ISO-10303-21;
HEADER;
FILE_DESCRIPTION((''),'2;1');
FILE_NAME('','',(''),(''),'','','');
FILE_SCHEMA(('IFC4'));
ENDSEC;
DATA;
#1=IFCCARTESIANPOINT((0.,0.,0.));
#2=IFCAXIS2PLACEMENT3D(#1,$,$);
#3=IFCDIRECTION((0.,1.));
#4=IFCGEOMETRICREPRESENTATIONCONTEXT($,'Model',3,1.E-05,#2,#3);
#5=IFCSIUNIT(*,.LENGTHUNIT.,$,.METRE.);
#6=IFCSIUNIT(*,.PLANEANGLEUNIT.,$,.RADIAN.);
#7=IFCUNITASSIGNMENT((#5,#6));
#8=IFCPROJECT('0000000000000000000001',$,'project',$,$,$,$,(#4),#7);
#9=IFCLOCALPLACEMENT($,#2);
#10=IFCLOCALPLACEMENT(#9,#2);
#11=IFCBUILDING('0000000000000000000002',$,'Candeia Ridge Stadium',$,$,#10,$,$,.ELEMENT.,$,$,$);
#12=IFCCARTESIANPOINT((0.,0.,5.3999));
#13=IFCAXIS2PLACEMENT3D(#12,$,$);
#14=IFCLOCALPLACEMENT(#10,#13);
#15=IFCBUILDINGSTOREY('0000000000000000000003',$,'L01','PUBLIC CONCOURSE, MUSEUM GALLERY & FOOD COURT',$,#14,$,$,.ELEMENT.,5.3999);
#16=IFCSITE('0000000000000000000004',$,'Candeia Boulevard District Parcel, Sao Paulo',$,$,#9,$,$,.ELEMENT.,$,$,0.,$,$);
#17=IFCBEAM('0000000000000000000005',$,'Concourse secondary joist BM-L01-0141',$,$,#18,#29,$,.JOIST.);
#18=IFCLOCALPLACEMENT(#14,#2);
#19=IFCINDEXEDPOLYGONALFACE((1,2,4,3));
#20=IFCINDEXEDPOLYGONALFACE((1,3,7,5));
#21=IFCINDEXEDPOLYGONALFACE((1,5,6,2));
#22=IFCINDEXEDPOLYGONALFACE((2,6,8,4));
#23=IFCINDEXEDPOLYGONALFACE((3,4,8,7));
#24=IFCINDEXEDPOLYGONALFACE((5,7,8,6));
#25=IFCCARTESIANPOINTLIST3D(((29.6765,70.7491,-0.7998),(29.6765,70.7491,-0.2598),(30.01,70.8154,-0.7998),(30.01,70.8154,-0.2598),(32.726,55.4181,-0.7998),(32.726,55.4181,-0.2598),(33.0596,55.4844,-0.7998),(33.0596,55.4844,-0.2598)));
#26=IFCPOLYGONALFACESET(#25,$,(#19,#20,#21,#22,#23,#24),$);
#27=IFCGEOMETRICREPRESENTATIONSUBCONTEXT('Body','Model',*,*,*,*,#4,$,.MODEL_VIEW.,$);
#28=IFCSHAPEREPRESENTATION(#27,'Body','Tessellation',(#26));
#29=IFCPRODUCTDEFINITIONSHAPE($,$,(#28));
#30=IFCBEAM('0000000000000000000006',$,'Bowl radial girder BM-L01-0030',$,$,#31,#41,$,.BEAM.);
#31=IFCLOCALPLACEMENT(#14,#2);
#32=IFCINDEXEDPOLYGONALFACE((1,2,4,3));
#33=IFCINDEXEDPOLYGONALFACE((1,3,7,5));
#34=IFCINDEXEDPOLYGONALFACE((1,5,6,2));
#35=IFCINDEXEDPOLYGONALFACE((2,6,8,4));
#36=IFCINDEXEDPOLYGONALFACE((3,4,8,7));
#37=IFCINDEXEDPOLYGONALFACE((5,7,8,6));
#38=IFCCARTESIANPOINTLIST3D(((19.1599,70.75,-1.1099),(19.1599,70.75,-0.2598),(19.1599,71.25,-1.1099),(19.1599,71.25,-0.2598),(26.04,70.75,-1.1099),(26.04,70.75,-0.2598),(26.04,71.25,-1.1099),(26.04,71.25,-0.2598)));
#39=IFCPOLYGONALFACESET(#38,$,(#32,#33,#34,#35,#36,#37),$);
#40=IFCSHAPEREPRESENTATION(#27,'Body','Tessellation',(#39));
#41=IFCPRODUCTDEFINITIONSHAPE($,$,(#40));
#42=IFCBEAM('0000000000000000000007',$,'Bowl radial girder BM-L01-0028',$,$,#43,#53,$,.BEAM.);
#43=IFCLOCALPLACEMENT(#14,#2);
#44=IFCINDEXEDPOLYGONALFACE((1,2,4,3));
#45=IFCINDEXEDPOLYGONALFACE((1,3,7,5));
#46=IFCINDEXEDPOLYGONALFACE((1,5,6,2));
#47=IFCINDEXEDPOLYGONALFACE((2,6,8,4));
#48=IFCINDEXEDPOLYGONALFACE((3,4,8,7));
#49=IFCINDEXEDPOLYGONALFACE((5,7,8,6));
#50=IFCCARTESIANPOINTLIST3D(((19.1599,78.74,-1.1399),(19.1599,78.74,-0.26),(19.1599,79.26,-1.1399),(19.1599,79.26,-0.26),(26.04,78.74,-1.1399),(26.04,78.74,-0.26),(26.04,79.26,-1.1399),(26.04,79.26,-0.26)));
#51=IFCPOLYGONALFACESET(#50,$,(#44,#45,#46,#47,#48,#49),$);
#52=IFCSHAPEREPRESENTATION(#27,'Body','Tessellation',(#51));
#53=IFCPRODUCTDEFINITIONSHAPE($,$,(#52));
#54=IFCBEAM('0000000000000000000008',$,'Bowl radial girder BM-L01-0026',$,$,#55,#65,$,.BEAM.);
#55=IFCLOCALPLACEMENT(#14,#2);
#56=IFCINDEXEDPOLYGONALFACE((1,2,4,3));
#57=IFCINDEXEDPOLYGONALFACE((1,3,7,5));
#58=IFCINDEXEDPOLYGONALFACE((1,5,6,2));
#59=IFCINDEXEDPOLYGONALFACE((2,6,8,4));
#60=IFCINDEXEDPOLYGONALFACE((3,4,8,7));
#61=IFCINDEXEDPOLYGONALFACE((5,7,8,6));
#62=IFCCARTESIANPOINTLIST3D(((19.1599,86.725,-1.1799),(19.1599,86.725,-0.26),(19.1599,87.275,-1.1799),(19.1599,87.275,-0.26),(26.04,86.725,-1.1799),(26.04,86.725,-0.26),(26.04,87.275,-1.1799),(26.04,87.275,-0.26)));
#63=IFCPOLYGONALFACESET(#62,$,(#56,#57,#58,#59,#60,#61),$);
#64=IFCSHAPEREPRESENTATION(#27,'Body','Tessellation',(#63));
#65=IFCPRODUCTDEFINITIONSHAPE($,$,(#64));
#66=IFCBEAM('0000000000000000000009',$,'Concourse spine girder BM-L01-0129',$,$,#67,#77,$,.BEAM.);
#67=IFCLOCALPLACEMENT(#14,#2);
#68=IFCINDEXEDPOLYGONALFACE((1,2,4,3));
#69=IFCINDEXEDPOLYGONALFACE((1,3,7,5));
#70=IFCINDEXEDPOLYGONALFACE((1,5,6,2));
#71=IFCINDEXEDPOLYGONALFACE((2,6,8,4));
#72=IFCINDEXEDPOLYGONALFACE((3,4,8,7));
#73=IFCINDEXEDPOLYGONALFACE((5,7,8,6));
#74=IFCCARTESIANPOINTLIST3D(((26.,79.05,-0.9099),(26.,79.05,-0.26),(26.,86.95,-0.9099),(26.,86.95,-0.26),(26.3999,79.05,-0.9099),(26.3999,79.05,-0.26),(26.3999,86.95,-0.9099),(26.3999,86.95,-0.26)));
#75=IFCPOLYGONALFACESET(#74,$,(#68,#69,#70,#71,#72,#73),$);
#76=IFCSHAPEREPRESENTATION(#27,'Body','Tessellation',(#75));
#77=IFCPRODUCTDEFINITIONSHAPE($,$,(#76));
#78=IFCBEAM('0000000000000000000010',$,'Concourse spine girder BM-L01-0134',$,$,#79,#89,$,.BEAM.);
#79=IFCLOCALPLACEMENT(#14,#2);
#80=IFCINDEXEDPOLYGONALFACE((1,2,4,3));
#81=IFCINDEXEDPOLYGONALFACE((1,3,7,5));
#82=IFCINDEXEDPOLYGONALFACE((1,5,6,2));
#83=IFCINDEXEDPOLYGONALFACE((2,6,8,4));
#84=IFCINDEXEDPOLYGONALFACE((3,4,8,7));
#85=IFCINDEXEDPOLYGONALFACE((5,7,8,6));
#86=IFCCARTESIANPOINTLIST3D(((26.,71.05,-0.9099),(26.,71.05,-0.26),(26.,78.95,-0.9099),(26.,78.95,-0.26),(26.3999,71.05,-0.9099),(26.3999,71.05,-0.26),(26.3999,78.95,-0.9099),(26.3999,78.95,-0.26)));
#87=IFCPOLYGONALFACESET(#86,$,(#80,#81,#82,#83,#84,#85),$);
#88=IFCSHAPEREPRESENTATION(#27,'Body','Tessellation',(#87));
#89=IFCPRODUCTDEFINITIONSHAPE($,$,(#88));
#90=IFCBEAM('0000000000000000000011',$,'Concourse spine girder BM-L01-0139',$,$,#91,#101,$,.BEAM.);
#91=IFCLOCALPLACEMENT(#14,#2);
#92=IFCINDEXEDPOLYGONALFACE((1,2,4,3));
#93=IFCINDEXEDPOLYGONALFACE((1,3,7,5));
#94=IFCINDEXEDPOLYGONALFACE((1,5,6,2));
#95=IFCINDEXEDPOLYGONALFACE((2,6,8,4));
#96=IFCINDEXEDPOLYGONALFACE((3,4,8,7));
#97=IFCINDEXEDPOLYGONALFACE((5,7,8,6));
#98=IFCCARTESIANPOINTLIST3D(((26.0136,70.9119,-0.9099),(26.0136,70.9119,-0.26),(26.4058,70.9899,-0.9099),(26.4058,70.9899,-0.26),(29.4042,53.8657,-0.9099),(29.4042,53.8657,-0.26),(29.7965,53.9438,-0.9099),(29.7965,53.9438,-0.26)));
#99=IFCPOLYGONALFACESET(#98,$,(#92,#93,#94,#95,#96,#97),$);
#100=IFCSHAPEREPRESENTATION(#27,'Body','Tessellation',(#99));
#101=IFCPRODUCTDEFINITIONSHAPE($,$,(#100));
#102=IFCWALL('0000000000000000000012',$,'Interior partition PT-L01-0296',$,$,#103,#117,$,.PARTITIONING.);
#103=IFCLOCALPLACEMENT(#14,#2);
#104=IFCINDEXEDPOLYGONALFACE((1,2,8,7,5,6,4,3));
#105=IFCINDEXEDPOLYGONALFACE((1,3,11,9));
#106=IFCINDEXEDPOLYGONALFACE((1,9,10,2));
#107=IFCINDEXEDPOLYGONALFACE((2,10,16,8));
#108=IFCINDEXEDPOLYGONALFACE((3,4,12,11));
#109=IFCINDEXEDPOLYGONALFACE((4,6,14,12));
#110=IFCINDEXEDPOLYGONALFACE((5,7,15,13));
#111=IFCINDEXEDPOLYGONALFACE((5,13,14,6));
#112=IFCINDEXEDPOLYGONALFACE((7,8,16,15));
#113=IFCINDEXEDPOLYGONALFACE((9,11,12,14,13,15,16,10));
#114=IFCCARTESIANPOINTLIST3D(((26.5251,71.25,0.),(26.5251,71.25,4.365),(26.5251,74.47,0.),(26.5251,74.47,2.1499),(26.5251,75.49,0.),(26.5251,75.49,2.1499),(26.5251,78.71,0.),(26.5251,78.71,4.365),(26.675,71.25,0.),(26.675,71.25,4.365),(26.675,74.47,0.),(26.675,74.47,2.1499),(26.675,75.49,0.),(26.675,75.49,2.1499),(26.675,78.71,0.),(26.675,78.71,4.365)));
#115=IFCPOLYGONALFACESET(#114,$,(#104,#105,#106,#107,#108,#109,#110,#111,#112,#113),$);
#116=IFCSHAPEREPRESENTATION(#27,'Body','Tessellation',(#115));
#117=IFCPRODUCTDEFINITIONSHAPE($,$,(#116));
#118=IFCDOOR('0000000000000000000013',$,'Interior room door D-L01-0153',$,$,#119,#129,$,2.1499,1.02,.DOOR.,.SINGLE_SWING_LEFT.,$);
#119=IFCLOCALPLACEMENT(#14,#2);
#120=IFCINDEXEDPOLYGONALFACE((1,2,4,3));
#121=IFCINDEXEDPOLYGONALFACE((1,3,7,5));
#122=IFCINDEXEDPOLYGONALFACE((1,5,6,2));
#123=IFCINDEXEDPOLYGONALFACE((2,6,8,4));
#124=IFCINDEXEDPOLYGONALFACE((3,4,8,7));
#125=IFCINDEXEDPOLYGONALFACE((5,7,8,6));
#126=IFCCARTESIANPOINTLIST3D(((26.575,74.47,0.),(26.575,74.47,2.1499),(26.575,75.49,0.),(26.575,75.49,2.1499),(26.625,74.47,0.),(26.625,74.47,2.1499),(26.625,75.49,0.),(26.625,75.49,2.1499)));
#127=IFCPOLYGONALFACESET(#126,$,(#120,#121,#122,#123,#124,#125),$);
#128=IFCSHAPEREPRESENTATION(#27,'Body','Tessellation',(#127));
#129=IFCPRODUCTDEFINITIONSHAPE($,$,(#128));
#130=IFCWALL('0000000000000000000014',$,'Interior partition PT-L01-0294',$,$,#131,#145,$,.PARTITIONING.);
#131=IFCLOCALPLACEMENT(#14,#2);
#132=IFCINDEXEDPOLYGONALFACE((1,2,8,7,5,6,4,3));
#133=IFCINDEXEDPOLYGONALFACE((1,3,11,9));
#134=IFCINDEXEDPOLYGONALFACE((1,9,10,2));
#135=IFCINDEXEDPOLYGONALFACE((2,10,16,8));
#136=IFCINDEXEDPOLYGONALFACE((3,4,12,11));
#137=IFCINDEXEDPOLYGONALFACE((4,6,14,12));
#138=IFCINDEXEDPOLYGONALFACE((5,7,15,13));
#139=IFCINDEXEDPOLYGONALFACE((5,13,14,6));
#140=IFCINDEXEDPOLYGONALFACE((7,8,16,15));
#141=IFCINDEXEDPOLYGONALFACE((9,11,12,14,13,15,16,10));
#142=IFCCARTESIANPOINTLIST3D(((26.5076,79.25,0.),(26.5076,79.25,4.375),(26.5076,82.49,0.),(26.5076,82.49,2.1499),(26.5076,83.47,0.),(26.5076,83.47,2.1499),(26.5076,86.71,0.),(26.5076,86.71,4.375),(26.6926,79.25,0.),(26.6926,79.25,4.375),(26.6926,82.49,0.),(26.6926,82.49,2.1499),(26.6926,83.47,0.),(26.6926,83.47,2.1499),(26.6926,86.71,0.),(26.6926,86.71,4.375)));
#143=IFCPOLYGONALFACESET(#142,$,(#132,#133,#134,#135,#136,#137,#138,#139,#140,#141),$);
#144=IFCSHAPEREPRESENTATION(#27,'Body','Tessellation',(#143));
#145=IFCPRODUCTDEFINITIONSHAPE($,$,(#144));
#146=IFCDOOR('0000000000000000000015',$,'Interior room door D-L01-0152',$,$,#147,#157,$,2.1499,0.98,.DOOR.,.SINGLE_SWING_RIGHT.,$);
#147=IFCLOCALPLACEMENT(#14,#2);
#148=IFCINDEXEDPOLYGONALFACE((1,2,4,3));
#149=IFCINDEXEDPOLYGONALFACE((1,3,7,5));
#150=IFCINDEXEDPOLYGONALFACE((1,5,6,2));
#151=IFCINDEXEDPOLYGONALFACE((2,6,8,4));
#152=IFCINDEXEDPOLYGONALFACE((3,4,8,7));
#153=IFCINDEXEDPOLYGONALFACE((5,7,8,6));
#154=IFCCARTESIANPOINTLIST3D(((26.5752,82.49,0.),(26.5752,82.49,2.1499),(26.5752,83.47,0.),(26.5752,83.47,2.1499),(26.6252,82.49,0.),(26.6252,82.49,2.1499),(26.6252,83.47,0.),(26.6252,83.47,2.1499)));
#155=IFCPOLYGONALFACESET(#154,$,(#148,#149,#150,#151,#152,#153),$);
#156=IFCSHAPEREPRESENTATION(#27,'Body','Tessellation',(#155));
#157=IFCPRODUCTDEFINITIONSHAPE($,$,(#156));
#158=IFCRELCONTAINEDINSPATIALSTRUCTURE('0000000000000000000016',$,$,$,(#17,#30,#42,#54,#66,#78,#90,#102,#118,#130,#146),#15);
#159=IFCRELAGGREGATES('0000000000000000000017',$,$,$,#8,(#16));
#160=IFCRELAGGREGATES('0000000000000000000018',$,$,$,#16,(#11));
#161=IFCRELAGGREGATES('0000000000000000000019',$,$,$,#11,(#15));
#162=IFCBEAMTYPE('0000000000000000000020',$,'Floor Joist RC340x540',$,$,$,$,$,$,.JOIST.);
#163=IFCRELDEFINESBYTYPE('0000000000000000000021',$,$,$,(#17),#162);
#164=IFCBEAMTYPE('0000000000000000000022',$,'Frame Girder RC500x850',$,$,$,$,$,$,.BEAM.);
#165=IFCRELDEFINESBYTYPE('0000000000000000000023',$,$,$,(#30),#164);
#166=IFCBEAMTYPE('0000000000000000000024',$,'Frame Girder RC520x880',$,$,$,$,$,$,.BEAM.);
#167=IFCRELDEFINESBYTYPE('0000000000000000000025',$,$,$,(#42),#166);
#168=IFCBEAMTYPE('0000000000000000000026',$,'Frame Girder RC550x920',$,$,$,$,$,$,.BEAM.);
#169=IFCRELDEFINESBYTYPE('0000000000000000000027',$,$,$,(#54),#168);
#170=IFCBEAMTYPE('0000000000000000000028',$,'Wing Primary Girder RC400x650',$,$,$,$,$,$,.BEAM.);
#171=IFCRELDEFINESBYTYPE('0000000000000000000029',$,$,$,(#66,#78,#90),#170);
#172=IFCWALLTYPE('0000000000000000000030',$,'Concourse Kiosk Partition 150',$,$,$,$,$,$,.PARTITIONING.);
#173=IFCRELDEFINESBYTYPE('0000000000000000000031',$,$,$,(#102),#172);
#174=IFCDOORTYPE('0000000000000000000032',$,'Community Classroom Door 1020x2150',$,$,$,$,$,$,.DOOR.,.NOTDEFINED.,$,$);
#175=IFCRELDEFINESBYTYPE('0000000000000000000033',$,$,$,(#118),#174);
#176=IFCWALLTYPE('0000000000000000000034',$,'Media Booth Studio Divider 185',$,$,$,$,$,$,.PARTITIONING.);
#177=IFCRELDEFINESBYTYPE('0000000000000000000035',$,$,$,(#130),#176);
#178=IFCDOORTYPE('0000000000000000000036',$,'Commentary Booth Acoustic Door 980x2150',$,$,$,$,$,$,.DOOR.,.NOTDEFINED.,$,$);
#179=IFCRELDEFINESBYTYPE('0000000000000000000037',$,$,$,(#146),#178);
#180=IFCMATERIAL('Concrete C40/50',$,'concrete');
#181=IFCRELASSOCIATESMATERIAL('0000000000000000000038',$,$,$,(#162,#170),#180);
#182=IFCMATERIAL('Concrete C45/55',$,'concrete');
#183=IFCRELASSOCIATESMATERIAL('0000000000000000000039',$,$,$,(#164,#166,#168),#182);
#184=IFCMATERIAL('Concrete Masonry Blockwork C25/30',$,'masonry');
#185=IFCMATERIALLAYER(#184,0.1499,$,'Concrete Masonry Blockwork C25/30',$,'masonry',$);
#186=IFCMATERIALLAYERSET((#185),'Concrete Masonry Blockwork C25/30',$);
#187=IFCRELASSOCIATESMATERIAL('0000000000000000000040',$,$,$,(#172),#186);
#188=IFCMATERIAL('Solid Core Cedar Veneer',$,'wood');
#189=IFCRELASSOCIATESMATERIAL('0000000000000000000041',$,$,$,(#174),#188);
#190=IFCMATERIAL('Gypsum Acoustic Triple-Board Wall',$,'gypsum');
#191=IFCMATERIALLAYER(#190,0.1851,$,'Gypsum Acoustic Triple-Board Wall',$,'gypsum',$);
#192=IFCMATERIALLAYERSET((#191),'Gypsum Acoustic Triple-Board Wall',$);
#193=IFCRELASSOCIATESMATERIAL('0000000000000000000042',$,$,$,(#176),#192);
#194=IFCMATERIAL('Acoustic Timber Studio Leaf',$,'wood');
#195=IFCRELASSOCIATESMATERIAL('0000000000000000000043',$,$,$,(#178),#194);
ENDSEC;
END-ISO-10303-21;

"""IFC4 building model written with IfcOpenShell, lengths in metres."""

from ifc_helpers import new_model, si_unit, direction, frame, frame_2d, origin, origin_2d, place, context, subcontext, project, spatial, rectangle, extrude, material, layer, layer_set, material_profile, profile_set, type_object, element, fill, save


model = new_model("IFC4")

# Units and contexts
model_context = context("Model", 3, precision=1e-05, world=origin(), true_north=direction((0.0, 1.0)))
body_context = subcontext(model_context, "Body", "Model", "MODEL_VIEW")
ifc_project = project(units=[si_unit("LENGTHUNIT", "METRE"), si_unit("PLANEANGLEUNIT", "RADIAN")], contexts=[model_context])

# Site, building, storey
site_placement = place(None, origin())
site = spatial("IfcSite", under=ifc_project, at=site_placement, Name="Candeia Boulevard District Parcel, Sao Paulo", CompositionType="ELEMENT", RefElevation=0.0)
building_placement = place(site_placement, origin())
building = spatial("IfcBuilding", under=site, at=building_placement, Name="Candeia Ridge Stadium", CompositionType="ELEMENT")
storey_placement = place(building_placement, frame((0.0, 0.0, 5.3999)))
storey = spatial("IfcBuildingStorey", under=building, at=storey_placement, Name="L01", Description="PUBLIC CONCOURSE, MUSEUM GALLERY & FOOD COURT", CompositionType="ELEMENT", Elevation=5.3999)

# Shared definitions
ifc_material_1 = material(Name="Concrete C40/50", Category="concrete")

# Beams
ifc_material_profile_1 = material_profile(ifc_material_1, rectangle(XDim=0.3401, YDim=0.54, at=origin_2d()), Name="RC340x540", Category="concrete")
ifc_profile_set_1 = profile_set([ifc_material_profile_1], Name="Concrete C40/50")
beam_type_1 = type_object("IfcBeamType", Name="Floor Joist RC340x540", PredefinedType="JOIST", material=ifc_profile_set_1)
beam_1_placement = place(storey_placement, frame((29.8433, 70.7822, -0.5298), z_axis=(0.195092, -0.980785, 0.0), x_axis=(0.980785, 0.195092, 0.0)))
element("IfcBeam", 1, at=beam_1_placement, inside=storey, type_object=beam_type_1, Name="Concourse secondary joist BM-L01-0141", PredefinedType="JOIST", context=body_context, shape_type="SweptSolid", body=[
    extrude(rectangle(XDim=0.3401, YDim=0.54, at=origin_2d()), origin(), (0.0, 0.0, 1.0), 15.6313),
])
ifc_material_2 = material(Name="Concrete C45/55", Category="concrete")
ifc_material_profile_2 = material_profile(ifc_material_2, rectangle(XDim=0.5, YDim=0.8501, at=origin_2d()), Name="RC500x850", Category="concrete")
ifc_profile_set_2 = profile_set([ifc_material_profile_2], Name="Concrete C45/55")
beam_type_2 = type_object("IfcBeamType", Name="Frame Girder RC500x850", PredefinedType="BEAM", material=ifc_profile_set_2)
beam_2_placement = place(storey_placement, frame((26.04, 71.0, -0.6848), z_axis=(-1.0, 0.0, 0.0), x_axis=(0.0, -1.0, 0.0)))
element("IfcBeam", 2, at=beam_2_placement, inside=storey, type_object=beam_type_2, Name="Bowl radial girder BM-L01-0030", PredefinedType="BEAM", context=body_context, shape_type="SweptSolid", body=[
    extrude(rectangle(XDim=0.5, YDim=0.8501, at=origin_2d()), origin(), (0.0, 0.0, 1.0), 6.8801),
])
ifc_material_profile_3 = material_profile(ifc_material_2, rectangle(XDim=0.52, YDim=0.8799, at=origin_2d()), Name="RC520x880", Category="concrete")
ifc_profile_set_3 = profile_set([ifc_material_profile_3], Name="Concrete C45/55")
beam_type_3 = type_object("IfcBeamType", Name="Frame Girder RC520x880", PredefinedType="BEAM", material=ifc_profile_set_3)
beam_3_placement = place(storey_placement, frame((26.04, 79.0, -0.7), z_axis=(-1.0, 0.0, 0.0), x_axis=(0.0, -1.0, 0.0)))
element("IfcBeam", 3, at=beam_3_placement, inside=storey, type_object=beam_type_3, Name="Bowl radial girder BM-L01-0028", PredefinedType="BEAM", context=body_context, shape_type="SweptSolid", body=[
    extrude(rectangle(XDim=0.52, YDim=0.8799, at=origin_2d()), origin(), (0.0, 0.0, 1.0), 6.8801),
])
ifc_material_profile_4 = material_profile(ifc_material_2, rectangle(XDim=0.55, YDim=0.9199, at=origin_2d()), Name="RC550x920", Category="concrete")
ifc_profile_set_4 = profile_set([ifc_material_profile_4], Name="Concrete C45/55")
beam_type_4 = type_object("IfcBeamType", Name="Frame Girder RC550x920", PredefinedType="BEAM", material=ifc_profile_set_4)
beam_4_placement = place(storey_placement, frame((26.04, 87.0, -0.72), z_axis=(-1.0, 0.0, 0.0), x_axis=(0.0, -1.0, 0.0)))
element("IfcBeam", 4, at=beam_4_placement, inside=storey, type_object=beam_type_4, Name="Bowl radial girder BM-L01-0026", PredefinedType="BEAM", context=body_context, shape_type="SweptSolid", body=[
    extrude(rectangle(XDim=0.55, YDim=0.9199, at=origin_2d()), origin(), (0.0, 0.0, 1.0), 6.8801),
])
ifc_material_profile_5 = material_profile(ifc_material_1, rectangle(XDim=0.3999, YDim=0.6499, at=origin_2d()), Name="RC400x650", Category="concrete")
ifc_profile_set_5 = profile_set([ifc_material_profile_5], Name="Concrete C40/50")
beam_type_5 = type_object("IfcBeamType", Name="Wing Primary Girder RC400x650", PredefinedType="BEAM", material=ifc_profile_set_5)
for number, where, z_axis, x_axis, name in (
    (5, (26.2, 86.95, -0.585), (0.0, -1.0, 0.0), (1.0, 0.0, 0.0), "Concourse spine girder BM-L01-0129"),
    (6, (26.2, 78.95, -0.585), (0.0, -1.0, 0.0), (1.0, 0.0, 0.0), "Concourse spine girder BM-L01-0134"),
):
    element("IfcBeam", number, at=place(storey_placement, frame(where, z_axis=z_axis, x_axis=x_axis)), inside=storey, type_object=beam_type_5, Name=name, PredefinedType="BEAM", context=body_context, shape_type="SweptSolid", body=[
        extrude(rectangle(XDim=0.3999, YDim=0.6499, at=origin_2d()), origin(), (0.0, 0.0, 1.0), 7.8999),
    ])
beam_5_placement = place(storey_placement, frame((26.2097, 70.9509, -0.585), z_axis=(0.195087, -0.980786, 0.0), x_axis=(0.980786, 0.195087, 0.0)))
element("IfcBeam", 7, at=beam_5_placement, inside=storey, type_object=beam_type_5, Name="Concourse spine girder BM-L01-0139", PredefinedType="BEAM", context=body_context, shape_type="SweptSolid", body=[
    extrude(rectangle(XDim=0.3999, YDim=0.6499, at=origin_2d()), origin(), (0.0, 0.0, 1.0), 17.3801),
])

# Walls, openings, doors
ifc_material_3 = material(Name="Concrete Masonry Blockwork C25/30", Category="masonry")
ifc_layer_1 = layer(ifc_material_3, 0.1499, Name="Concrete Masonry Blockwork C25/30", Category="masonry")
ifc_layer_set_1 = layer_set([ifc_layer_1], Name="Concrete Masonry Blockwork C25/30")
wall_type_1 = type_object("IfcWallType", Name="Concourse Kiosk Partition 150", PredefinedType="PARTITIONING", material=ifc_layer_set_1)
wall_1_placement = place(storey_placement, frame((26.6001, 71.25, 0.0), z_axis=(0.0, 0.0, 1.0), x_axis=(0.0, 1.0, 0.0)))
wall_1 = element("IfcWall", 8, at=wall_1_placement, inside=storey, type_object=wall_type_1, Name="Interior partition PT-L01-0296", PredefinedType="PARTITIONING", context=body_context, shape_type="SweptSolid", body=[
    extrude(rectangle(XDim=7.46, YDim=0.1499, at=frame_2d((3.73, 0.0))), origin(), (0.0, 0.0, 1.0), 4.365),
])
opening_1_placement = place(wall_1_placement, frame((3.22, 0.0, 0.0)))
opening_1 = element("IfcOpeningElement", 9, at=opening_1_placement, cuts=wall_1, PredefinedType="OPENING", context=body_context, shape_type="SweptSolid", body=[
    extrude(rectangle(XDim=1.02, YDim=2.1499, at=frame_2d((0.51, 1.075))), frame((0.0, 0.085, 0.0), z_axis=(0.0, -1.0, 0.0), x_axis=(1.0, 0.0, 0.0)), (0.0, 0.0, 1.0), 0.1699),
])
ifc_material_4 = material(Name="Solid Core Cedar Veneer", Category="wood")
door_type_1 = type_object("IfcDoorType", Name="Community Classroom Door 1020x2150", OperationType="NOTDEFINED", PredefinedType="DOOR", material=ifc_material_4)
door_1_placement = place(opening_1_placement, frame((1.02, 0.0, 0.0), z_axis=(0.0, 0.0, 1.0), x_axis=(-1.0, 0.0, 0.0)))
door_1 = element("IfcDoor", 10, at=door_1_placement, inside=storey, type_object=door_type_1, Name="Interior room door D-L01-0153", OperationType="SINGLE_SWING_LEFT", OverallHeight=2.1499, OverallWidth=1.02, PredefinedType="DOOR", context=body_context, shape_type="SweptSolid", body=[
    extrude(rectangle(XDim=1.02, YDim=2.1499, at=frame_2d((0.51, 1.075))), frame((0.0, 0.0249, 0.0), z_axis=(0.0, -1.0, 0.0), x_axis=(1.0, 0.0, 0.0)), (0.0, 0.0, 1.0), 0.05),
])
fill(opening_1, door_1)
ifc_material_5 = material(Name="Gypsum Acoustic Triple-Board Wall", Category="gypsum")
ifc_layer_2 = layer(ifc_material_5, 0.1851, Name="Gypsum Acoustic Triple-Board Wall", Category="gypsum")
ifc_layer_set_2 = layer_set([ifc_layer_2], Name="Gypsum Acoustic Triple-Board Wall")
wall_type_2 = type_object("IfcWallType", Name="Media Booth Studio Divider 185", PredefinedType="PARTITIONING", material=ifc_layer_set_2)
wall_2_placement = place(storey_placement, frame((26.6001, 79.25, 0.0), z_axis=(0.0, 0.0, 1.0), x_axis=(0.0, 1.0, 0.0)))
wall_2 = element("IfcWall", 11, at=wall_2_placement, inside=storey, type_object=wall_type_2, Name="Interior partition PT-L01-0294", PredefinedType="PARTITIONING", context=body_context, shape_type="SweptSolid", body=[
    extrude(rectangle(XDim=7.46, YDim=0.1851, at=frame_2d((3.73, 0.0))), origin(), (0.0, 0.0, 1.0), 4.375),
])
opening_2_placement = place(wall_2_placement, frame((3.24, 0.0, 0.0)))
opening_2 = element("IfcOpeningElement", 12, at=opening_2_placement, cuts=wall_2, PredefinedType="OPENING", context=body_context, shape_type="SweptSolid", body=[
    extrude(rectangle(XDim=0.98, YDim=2.1499, at=frame_2d((0.49, 1.075))), frame((0.0, 0.1025, 0.0), z_axis=(0.0, -1.0, 0.0), x_axis=(1.0, 0.0, 0.0)), (0.0, 0.0, 1.0), 0.2051),
])
ifc_material_6 = material(Name="Acoustic Timber Studio Leaf", Category="wood")
door_type_2 = type_object("IfcDoorType", Name="Commentary Booth Acoustic Door 980x2150", OperationType="NOTDEFINED", PredefinedType="DOOR", material=ifc_material_6)
door_2_placement = place(opening_2_placement, origin())
door_2 = element("IfcDoor", 13, at=door_2_placement, inside=storey, type_object=door_type_2, Name="Interior room door D-L01-0152", OperationType="SINGLE_SWING_RIGHT", OverallHeight=2.1499, OverallWidth=0.98, PredefinedType="DOOR", context=body_context, shape_type="SweptSolid", body=[
    extrude(rectangle(XDim=0.98, YDim=2.1499, at=frame_2d((0.49, 1.075))), frame((0.0, 0.0249, 0.0), z_axis=(0.0, -1.0, 0.0), x_axis=(1.0, 0.0, 0.0)), (0.0, 0.0, 1.0), 0.05),
])
fill(opening_2, door_2)

save(model, "model.ifc")
